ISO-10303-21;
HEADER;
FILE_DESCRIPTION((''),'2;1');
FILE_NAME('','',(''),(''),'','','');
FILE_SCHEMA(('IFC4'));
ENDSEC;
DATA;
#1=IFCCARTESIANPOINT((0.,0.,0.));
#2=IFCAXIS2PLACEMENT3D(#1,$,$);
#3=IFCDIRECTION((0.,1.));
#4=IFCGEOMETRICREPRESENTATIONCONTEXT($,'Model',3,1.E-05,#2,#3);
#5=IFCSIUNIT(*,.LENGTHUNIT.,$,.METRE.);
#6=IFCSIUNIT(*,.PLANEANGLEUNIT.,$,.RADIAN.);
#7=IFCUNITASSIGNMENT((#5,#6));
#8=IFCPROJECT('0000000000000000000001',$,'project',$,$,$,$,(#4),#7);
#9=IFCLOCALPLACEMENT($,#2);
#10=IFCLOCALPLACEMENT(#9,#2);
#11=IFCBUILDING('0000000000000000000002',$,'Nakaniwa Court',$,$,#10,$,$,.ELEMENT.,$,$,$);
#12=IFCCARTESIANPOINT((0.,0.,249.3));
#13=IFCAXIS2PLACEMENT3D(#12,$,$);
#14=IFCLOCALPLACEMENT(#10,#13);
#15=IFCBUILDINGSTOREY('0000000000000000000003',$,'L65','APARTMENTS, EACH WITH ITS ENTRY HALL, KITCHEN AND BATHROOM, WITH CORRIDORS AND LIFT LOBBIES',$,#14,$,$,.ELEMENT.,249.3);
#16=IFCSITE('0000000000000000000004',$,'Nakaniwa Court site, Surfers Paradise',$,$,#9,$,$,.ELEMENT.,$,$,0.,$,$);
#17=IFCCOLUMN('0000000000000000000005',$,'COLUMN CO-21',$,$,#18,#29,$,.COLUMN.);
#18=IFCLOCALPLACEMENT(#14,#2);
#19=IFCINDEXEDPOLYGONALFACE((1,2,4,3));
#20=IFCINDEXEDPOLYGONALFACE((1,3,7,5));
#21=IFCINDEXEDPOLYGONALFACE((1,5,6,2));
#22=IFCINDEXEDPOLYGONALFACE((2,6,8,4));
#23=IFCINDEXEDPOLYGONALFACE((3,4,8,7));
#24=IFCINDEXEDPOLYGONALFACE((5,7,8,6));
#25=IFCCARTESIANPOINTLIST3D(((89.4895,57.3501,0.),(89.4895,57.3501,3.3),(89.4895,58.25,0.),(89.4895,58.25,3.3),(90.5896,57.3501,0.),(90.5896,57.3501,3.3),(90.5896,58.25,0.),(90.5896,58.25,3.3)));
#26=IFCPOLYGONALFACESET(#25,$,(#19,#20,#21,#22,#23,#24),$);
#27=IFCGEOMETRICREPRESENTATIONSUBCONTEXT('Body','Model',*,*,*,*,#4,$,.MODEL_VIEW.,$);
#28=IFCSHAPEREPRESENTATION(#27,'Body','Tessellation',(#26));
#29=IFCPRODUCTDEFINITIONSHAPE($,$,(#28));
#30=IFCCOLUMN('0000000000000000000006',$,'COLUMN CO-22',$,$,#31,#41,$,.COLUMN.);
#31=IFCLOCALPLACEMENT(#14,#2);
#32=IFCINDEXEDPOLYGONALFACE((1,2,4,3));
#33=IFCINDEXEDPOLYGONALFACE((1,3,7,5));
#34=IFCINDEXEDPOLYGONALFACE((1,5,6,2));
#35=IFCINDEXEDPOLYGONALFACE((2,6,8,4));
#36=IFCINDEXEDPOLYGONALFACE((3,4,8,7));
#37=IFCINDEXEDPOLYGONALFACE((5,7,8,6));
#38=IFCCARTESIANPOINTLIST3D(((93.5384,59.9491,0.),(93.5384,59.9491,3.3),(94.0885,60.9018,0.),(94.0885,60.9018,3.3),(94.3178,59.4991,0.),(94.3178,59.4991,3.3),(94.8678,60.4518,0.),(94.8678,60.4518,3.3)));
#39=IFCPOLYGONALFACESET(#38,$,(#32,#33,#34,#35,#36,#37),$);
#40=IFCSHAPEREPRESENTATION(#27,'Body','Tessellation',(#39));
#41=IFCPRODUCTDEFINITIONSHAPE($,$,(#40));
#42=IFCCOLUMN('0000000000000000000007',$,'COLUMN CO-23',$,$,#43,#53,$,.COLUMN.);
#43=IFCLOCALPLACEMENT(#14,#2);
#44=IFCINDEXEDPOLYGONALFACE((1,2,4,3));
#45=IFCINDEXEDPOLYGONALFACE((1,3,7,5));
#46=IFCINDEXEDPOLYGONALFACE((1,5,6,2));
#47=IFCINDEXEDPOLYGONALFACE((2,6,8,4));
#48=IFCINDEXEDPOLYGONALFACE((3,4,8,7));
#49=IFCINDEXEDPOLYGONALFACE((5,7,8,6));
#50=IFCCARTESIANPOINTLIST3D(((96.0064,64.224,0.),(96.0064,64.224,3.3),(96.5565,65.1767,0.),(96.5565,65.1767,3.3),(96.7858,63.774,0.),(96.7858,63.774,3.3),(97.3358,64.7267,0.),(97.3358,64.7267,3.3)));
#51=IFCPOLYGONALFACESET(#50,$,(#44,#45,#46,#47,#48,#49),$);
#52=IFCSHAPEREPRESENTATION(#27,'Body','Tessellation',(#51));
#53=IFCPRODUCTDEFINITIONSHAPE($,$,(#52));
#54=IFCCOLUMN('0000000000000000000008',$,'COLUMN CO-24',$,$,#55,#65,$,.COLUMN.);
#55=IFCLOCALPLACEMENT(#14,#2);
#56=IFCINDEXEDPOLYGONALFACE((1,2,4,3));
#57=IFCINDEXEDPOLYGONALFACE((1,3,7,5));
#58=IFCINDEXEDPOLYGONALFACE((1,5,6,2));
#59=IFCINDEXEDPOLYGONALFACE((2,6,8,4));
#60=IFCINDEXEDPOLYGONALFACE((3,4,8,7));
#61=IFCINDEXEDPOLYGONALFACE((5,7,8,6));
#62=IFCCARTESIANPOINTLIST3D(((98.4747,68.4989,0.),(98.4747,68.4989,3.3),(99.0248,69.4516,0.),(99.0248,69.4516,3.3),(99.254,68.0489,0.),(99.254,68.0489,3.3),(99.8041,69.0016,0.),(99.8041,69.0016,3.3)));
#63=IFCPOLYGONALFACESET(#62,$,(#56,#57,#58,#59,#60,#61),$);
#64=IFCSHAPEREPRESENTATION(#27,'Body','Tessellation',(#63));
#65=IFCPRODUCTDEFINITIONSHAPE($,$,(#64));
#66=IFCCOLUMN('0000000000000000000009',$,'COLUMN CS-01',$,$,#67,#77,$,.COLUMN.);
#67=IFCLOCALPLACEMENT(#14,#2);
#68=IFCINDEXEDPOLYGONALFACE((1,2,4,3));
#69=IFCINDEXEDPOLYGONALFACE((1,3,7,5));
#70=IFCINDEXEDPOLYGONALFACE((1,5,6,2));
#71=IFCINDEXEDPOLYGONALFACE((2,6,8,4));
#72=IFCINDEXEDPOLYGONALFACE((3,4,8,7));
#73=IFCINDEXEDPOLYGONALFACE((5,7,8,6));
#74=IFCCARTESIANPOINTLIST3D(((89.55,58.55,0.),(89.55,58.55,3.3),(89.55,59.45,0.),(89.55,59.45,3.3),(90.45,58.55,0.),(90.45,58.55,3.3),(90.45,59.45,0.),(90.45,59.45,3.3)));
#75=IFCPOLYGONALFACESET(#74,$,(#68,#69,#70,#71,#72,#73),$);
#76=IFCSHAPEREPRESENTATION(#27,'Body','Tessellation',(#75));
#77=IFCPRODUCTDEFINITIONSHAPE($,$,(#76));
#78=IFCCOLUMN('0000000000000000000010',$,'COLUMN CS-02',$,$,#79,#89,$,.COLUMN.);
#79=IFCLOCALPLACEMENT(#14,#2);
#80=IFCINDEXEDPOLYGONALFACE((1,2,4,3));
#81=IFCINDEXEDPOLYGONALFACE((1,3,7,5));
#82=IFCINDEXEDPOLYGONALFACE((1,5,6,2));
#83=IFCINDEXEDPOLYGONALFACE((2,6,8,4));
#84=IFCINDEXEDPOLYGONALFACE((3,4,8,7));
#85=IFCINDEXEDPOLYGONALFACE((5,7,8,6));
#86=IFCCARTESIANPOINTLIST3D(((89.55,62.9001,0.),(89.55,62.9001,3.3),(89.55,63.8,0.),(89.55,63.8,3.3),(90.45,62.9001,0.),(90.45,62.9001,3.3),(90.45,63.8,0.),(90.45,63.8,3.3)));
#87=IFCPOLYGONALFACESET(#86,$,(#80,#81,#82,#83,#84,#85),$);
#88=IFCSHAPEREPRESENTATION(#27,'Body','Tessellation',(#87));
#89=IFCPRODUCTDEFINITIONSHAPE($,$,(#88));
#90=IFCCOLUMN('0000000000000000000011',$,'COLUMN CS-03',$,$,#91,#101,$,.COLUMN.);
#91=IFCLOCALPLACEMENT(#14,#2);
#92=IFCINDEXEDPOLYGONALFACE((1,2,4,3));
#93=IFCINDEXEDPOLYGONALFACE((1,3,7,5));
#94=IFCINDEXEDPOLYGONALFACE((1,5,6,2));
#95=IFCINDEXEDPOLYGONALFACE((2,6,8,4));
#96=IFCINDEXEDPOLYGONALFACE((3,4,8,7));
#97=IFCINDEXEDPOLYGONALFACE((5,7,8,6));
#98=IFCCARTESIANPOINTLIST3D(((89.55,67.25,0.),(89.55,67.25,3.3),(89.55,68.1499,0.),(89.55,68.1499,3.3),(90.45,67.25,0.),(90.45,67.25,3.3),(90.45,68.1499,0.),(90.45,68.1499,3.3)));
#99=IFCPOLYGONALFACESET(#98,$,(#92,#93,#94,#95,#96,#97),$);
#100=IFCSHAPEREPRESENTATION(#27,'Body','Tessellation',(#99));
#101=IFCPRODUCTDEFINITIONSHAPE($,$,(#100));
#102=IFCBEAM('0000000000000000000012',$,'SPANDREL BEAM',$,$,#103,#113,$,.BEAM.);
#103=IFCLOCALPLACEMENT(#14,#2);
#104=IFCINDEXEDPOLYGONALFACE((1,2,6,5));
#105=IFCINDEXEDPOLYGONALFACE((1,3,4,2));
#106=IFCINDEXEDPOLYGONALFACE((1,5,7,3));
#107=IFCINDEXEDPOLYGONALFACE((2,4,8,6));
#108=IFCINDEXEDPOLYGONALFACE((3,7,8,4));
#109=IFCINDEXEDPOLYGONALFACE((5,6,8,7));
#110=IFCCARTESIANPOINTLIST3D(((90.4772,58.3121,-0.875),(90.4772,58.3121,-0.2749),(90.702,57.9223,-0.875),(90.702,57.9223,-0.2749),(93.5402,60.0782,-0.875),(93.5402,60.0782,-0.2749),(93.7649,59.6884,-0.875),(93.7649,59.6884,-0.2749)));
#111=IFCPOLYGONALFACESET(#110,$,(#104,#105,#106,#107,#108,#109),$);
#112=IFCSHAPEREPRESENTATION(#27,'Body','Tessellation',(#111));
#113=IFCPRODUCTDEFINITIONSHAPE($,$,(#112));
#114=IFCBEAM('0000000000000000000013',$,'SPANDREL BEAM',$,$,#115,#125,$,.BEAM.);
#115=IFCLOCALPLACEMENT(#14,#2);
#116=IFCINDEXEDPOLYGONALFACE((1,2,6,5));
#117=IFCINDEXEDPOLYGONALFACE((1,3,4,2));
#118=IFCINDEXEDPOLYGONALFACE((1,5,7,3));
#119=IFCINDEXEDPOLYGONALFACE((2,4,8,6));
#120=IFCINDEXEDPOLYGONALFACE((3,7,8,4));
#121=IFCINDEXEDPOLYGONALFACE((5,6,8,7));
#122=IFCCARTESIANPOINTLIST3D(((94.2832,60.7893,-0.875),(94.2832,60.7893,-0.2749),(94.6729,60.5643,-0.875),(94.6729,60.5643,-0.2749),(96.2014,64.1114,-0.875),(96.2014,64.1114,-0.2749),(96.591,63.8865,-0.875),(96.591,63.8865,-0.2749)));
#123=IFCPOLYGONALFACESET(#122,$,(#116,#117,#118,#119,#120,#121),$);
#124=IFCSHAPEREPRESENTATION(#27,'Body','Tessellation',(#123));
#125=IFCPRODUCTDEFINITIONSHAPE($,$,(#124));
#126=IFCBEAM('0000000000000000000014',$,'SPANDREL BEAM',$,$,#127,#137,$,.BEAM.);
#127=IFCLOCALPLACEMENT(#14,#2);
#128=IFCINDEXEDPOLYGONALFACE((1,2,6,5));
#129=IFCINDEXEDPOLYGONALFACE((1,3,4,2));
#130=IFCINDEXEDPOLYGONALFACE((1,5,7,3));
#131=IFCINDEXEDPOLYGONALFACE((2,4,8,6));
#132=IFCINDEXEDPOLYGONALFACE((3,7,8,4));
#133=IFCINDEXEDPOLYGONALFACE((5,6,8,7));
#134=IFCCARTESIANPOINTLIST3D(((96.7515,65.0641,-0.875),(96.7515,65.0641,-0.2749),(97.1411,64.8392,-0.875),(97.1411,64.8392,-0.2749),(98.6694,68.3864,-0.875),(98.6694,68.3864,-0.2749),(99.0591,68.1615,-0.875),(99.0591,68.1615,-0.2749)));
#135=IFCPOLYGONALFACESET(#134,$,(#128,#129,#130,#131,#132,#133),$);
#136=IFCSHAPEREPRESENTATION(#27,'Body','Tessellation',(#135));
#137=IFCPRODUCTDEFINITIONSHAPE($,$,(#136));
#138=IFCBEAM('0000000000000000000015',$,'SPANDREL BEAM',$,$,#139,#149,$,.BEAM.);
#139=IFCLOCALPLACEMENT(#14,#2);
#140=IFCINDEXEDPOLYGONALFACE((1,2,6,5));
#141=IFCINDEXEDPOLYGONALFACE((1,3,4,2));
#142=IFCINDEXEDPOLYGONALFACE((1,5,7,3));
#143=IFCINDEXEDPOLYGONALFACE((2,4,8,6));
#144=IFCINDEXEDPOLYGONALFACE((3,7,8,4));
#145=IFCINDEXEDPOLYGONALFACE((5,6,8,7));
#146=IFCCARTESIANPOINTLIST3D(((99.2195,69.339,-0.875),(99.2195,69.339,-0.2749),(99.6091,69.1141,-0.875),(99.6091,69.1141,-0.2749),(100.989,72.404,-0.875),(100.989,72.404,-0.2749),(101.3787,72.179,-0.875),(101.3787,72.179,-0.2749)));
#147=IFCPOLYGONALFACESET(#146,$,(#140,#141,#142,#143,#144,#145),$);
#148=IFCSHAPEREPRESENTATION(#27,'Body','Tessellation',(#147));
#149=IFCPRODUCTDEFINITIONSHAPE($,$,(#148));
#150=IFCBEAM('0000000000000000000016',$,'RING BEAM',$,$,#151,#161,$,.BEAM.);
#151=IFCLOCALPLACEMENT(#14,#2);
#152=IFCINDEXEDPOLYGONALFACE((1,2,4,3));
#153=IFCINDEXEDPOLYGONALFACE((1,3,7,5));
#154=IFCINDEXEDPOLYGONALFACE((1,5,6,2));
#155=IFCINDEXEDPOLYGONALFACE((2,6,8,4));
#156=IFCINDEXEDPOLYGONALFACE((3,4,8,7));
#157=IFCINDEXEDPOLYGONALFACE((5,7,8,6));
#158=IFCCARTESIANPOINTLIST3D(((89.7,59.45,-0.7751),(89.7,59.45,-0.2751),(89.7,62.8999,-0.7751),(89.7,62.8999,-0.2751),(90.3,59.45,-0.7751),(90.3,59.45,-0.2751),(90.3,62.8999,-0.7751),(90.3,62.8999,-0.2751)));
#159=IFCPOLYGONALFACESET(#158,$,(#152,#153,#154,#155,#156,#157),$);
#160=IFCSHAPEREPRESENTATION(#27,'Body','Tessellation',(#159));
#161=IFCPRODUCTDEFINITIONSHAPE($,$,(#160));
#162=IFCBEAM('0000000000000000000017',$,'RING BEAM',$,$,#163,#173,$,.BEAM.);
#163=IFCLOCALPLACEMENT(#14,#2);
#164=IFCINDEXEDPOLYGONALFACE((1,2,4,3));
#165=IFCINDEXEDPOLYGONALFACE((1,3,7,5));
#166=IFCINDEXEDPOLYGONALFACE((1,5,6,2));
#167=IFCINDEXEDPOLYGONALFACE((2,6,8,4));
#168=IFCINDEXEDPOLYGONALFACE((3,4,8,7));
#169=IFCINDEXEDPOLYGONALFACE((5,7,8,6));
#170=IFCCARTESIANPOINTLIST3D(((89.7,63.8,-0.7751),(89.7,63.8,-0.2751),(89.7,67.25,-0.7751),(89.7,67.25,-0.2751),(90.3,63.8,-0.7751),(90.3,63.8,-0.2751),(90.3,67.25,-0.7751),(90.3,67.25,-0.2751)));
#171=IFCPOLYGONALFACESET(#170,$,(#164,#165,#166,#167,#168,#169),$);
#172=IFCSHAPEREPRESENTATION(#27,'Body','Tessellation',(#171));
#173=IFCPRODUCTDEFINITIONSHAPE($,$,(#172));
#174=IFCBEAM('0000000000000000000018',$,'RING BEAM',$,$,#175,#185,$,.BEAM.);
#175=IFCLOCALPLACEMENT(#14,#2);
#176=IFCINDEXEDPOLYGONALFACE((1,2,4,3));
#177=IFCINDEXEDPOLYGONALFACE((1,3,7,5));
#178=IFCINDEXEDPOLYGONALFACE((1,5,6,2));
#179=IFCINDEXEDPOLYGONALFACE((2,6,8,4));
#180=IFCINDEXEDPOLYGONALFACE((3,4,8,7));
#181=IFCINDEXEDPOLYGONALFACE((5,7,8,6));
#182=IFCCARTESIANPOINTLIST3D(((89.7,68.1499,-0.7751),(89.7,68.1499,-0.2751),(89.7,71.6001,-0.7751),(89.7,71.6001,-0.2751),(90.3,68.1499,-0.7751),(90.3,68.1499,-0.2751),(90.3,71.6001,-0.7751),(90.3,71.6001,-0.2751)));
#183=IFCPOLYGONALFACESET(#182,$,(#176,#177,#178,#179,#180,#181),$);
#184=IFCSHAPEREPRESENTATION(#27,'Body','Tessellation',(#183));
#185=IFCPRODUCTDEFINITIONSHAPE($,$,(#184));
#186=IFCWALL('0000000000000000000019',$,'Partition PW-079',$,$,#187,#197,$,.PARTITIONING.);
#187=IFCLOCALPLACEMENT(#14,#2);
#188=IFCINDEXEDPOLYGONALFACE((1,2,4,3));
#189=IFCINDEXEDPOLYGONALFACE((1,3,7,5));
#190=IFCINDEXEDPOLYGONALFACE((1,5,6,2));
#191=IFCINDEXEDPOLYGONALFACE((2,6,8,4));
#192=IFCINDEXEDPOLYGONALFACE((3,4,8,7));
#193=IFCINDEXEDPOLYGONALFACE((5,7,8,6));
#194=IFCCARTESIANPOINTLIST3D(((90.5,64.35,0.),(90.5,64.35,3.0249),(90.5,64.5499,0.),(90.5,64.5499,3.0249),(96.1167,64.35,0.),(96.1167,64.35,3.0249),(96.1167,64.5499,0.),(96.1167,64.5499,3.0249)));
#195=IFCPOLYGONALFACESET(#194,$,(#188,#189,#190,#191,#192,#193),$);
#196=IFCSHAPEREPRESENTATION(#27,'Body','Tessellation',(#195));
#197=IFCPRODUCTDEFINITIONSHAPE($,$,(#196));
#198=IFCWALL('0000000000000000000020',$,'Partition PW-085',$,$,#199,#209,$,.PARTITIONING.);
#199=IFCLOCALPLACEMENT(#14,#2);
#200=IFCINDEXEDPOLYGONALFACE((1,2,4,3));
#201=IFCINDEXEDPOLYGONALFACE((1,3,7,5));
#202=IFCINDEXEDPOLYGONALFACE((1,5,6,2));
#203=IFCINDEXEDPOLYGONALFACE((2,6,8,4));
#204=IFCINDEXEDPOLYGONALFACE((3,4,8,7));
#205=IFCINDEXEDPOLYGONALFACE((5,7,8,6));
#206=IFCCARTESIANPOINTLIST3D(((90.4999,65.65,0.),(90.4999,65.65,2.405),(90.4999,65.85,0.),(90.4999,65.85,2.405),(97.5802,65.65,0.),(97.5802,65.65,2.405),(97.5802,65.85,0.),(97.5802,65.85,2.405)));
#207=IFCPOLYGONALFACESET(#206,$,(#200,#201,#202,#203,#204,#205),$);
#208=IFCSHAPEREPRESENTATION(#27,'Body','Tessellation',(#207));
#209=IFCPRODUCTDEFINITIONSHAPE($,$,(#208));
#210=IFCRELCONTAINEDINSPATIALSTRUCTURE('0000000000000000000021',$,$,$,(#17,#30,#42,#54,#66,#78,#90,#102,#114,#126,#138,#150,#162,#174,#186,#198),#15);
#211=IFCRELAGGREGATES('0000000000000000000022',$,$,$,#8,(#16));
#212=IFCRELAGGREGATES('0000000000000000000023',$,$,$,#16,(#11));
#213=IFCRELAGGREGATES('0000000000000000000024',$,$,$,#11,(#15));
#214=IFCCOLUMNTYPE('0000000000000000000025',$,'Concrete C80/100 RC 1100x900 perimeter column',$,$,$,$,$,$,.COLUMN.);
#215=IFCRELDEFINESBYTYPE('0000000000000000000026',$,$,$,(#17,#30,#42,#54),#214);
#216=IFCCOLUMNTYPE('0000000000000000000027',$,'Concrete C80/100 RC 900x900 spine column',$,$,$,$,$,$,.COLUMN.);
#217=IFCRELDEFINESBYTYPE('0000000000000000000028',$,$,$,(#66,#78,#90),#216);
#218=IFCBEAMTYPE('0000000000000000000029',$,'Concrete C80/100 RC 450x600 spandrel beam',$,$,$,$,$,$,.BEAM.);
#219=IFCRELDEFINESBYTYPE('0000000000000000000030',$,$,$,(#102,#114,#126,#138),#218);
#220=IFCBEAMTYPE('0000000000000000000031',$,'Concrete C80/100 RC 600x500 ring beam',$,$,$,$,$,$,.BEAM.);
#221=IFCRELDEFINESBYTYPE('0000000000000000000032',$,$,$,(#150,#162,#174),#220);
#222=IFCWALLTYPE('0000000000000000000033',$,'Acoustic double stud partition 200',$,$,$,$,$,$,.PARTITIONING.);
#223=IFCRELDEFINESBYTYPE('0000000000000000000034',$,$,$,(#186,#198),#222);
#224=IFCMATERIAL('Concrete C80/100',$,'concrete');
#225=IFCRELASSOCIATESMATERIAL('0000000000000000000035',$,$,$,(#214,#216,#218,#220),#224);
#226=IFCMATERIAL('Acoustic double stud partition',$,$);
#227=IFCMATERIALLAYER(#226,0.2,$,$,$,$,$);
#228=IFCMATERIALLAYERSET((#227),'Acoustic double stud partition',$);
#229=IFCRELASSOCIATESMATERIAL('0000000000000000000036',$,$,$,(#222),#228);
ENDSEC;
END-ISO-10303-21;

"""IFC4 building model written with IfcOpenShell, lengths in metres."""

from ifc_helpers import new_model, si_unit, direction, frame, frame_2d, origin, origin_2d, place, context, subcontext, project, spatial, rectangle, extrude, material, layer, layer_set, material_profile, profile_set, type_object, element, save


model = new_model("IFC4")

# Units and contexts
model_context = context("Model", 3, precision=1e-05, world=origin(), true_north=direction((0.0, 1.0)))
body_context = subcontext(model_context, "Body", "Model", "MODEL_VIEW")
ifc_project = project(units=[si_unit("LENGTHUNIT", "METRE"), si_unit("PLANEANGLEUNIT", "RADIAN")], contexts=[model_context])

# Site, building, storey
site_placement = place(None, origin())
site = spatial("IfcSite", under=ifc_project, at=site_placement, Name="Nakaniwa Court site, Surfers Paradise", CompositionType="ELEMENT", RefElevation=0.0)
building_placement = place(site_placement, origin())
building = spatial("IfcBuilding", under=site, at=building_placement, Name="Nakaniwa Court", CompositionType="ELEMENT")
storey_placement = place(building_placement, frame((0.0, 0.0, 249.3)))
storey = spatial("IfcBuildingStorey", under=building, at=storey_placement, Name="L65", Description="APARTMENTS, EACH WITH ITS ENTRY HALL, KITCHEN AND BATHROOM, WITH CORRIDORS AND LIFT LOBBIES", CompositionType="ELEMENT", Elevation=249.3)

# Columns
ifc_material_1 = material(Name="Concrete C80/100", Category="concrete")
ifc_material_profile_1 = material_profile(ifc_material_1, rectangle(XDim=1.1001, YDim=0.8999, at=origin_2d()), Name="Concrete C80/100 RC 1100x900 perimeter column")
ifc_profile_set_1 = profile_set([ifc_material_profile_1], Name="Concrete C80/100")
column_type_1 = type_object("IfcColumnType", Name="Concrete C80/100 RC 1100x900 perimeter column", PredefinedType="COLUMN", material=ifc_profile_set_1)
for number, where, z_axis, x_axis, name in (
    (1, (90.0396, 57.8, 0.0), (0.0, 0.0, 1.0), (1.0, 0.0, 0.0), "COLUMN CO-21"),
    (2, (94.2031, 60.2004, 0.0), (0.0, 0.0, 1.0), (0.5, 0.866025, 0.0), "COLUMN CO-22"),
    (3, (96.6711, 64.4753, 0.0), (0.0, 0.0, 1.0), (0.5, 0.866025, 0.0), "COLUMN CO-23"),
    (4, (99.1394, 68.7502, 0.0), (0.0, 0.0, 1.0), (0.5, 0.866025, 0.0), "COLUMN CO-24"),
):
    element("IfcColumn", number, at=place(storey_placement, frame(where, z_axis=z_axis, x_axis=x_axis)), inside=storey, type_object=column_type_1, Name=name, PredefinedType="COLUMN", context=body_context, shape_type="SweptSolid", body=[
        extrude(rectangle(XDim=1.1001, YDim=0.8999, at=origin_2d()), origin(), (0.0, 0.0, 1.0), 3.3),
    ])
ifc_material_profile_2 = material_profile(ifc_material_1, rectangle(XDim=0.8999, YDim=0.8999, at=origin_2d()), Name="Concrete C80/100 RC 900x900 spine column")
ifc_profile_set_2 = profile_set([ifc_material_profile_2], Name="Concrete C80/100")
column_type_2 = type_object("IfcColumnType", Name="Concrete C80/100 RC 900x900 spine column", PredefinedType="COLUMN", material=ifc_profile_set_2)
for number, where, z_axis, x_axis, name in (
    (5, (90.0, 59.0, 0.0), (0.0, 0.0, 1.0), (0.0, 1.0, 0.0), "COLUMN CS-01"),
    (6, (90.0, 63.3501, 0.0), (0.0, 0.0, 1.0), (0.0, 1.0, 0.0), "COLUMN CS-02"),
    (7, (90.0, 67.7, 0.0), (0.0, 0.0, 1.0), (0.0, 1.0, 0.0), "COLUMN CS-03"),
):
    element("IfcColumn", number, at=place(storey_placement, frame(where, z_axis=z_axis, x_axis=x_axis)), inside=storey, type_object=column_type_2, Name=name, PredefinedType="COLUMN", context=body_context, shape_type="SweptSolid", body=[
        extrude(rectangle(XDim=0.8999, YDim=0.8999, at=origin_2d()), origin(), (0.0, 0.0, 1.0), 3.3),
    ])

# Beams
ifc_material_profile_3 = material_profile(ifc_material_1, rectangle(XDim=0.45, YDim=0.6001, at=origin_2d()), Name="Concrete C80/100 RC 450x600 spandrel beam")
ifc_profile_set_3 = profile_set([ifc_material_profile_3], Name="Concrete C80/100")
beam_type_1 = type_object("IfcBeamType", Name="Concrete C80/100 RC 450x600 spandrel beam", PredefinedType="BEAM", material=ifc_profile_set_3)
beam_1_placement = place(storey_placement, frame((90.5896, 58.1172, -0.575), z_axis=(0.866307, 0.499511, 0.0), x_axis=(-0.499511, 0.866307, 0.0)))
element("IfcBeam", 8, at=beam_1_placement, inside=storey, type_object=beam_type_1, Name="SPANDREL BEAM", PredefinedType="BEAM", context=body_context, shape_type="SweptSolid", body=[
    extrude(rectangle(XDim=0.45, YDim=0.6001, at=origin_2d()), origin(), (0.0, 0.0, 1.0), 3.5356),
])
for number, where, z_axis, x_axis, name in (
    (9, (94.478, 60.6768, -0.575), (0.50002, 0.866014, 0.0), (-0.866014, 0.50002, 0.0), "SPANDREL BEAM"),
    (10, (96.9463, 64.9517, -0.575), (0.499972, 0.866041, 0.0), (-0.866041, 0.499972, 0.0), "SPANDREL BEAM"),
):
    element("IfcBeam", number, at=place(storey_placement, frame(where, z_axis=z_axis, x_axis=x_axis)), inside=storey, type_object=beam_type_1, Name=name, PredefinedType="BEAM", context=body_context, shape_type="SweptSolid", body=[
        extrude(rectangle(XDim=0.45, YDim=0.6001, at=origin_2d()), origin(), (0.0, 0.0, 1.0), 3.8362),
    ])
beam_2_placement = place(storey_placement, frame((99.4143, 69.2266, -0.575), z_axis=(0.499997, 0.866027, 0.0), x_axis=(-0.866027, 0.499997, 0.0)))
element("IfcBeam", 11, at=beam_2_placement, inside=storey, type_object=beam_type_1, Name="SPANDREL BEAM", PredefinedType="BEAM", context=body_context, shape_type="SweptSolid", body=[
    extrude(rectangle(XDim=0.45, YDim=0.6001, at=origin_2d()), origin(), (0.0, 0.0, 1.0), 3.5391),
])
ifc_material_profile_4 = material_profile(ifc_material_1, rectangle(XDim=0.6001, YDim=0.5, at=origin_2d()), Name="Concrete C80/100 RC 600x500 ring beam")
ifc_profile_set_4 = profile_set([ifc_material_profile_4], Name="Concrete C80/100")
beam_type_2 = type_object("IfcBeamType", Name="Concrete C80/100 RC 600x500 ring beam", PredefinedType="BEAM", material=ifc_profile_set_4)
for number, where, z_axis, x_axis, name in (
    (12, (90.0, 59.45, -0.5251), (0.0, 1.0, 0.0), (-1.0, 0.0, 0.0), "RING BEAM"),
    (13, (90.0, 63.8, -0.5251), (0.0, 1.0, 0.0), (-1.0, 0.0, 0.0), "RING BEAM"),
):
    element("IfcBeam", number, at=place(storey_placement, frame(where, z_axis=z_axis, x_axis=x_axis)), inside=storey, type_object=beam_type_2, Name=name, PredefinedType="BEAM", context=body_context, shape_type="SweptSolid", body=[
        extrude(rectangle(XDim=0.6001, YDim=0.5, at=origin_2d()), origin(), (0.0, 0.0, 1.0), 3.45),
    ])
beam_3_placement = place(storey_placement, frame((90.0, 68.1499, -0.5251), z_axis=(0.0, 1.0, 0.0), x_axis=(-1.0, 0.0, 0.0)))
element("IfcBeam", 14, at=beam_3_placement, inside=storey, type_object=beam_type_2, Name="RING BEAM", PredefinedType="BEAM", context=body_context, shape_type="SweptSolid", body=[
    extrude(rectangle(XDim=0.6001, YDim=0.5, at=origin_2d()), origin(), (0.0, 0.0, 1.0), 3.4502),
])

# Walls
ifc_material_2 = material(Name="Acoustic double stud partition")
ifc_layer_1 = layer(ifc_material_2, 0.2)
ifc_layer_set_1 = layer_set([ifc_layer_1], Name="Acoustic double stud partition")
wall_type_1 = type_object("IfcWallType", Name="Acoustic double stud partition 200", PredefinedType="PARTITIONING", material=ifc_layer_set_1)
wall_1_placement = place(storey_placement, frame((90.5, 64.45, 0.0), z_axis=(0.0, 0.0, 1.0), x_axis=(1.0, 0.0, 0.0)))
element("IfcWall", 15, at=wall_1_placement, inside=storey, type_object=wall_type_1, Name="Partition PW-079", PredefinedType="PARTITIONING", context=body_context, shape_type="SweptSolid", body=[
    extrude(rectangle(XDim=5.6167, YDim=0.2, at=frame_2d((2.8083, 0.0))), origin(), (0.0, 0.0, 1.0), 3.0249),
])
wall_2_placement = place(storey_placement, frame((90.5, 65.75, 0.0), z_axis=(0.0, 0.0, 1.0), x_axis=(1.0, 0.0, 0.0)))
element("IfcWall", 16, at=wall_2_placement, inside=storey, type_object=wall_type_1, Name="Partition PW-085", PredefinedType="PARTITIONING", context=body_context, shape_type="SweptSolid", body=[
    extrude(rectangle(XDim=7.0803, YDim=0.2, at=frame_2d((3.54, 0.0))), origin(), (0.0, 0.0, 1.0), 2.405),
])

save(model, "model.ifc")
